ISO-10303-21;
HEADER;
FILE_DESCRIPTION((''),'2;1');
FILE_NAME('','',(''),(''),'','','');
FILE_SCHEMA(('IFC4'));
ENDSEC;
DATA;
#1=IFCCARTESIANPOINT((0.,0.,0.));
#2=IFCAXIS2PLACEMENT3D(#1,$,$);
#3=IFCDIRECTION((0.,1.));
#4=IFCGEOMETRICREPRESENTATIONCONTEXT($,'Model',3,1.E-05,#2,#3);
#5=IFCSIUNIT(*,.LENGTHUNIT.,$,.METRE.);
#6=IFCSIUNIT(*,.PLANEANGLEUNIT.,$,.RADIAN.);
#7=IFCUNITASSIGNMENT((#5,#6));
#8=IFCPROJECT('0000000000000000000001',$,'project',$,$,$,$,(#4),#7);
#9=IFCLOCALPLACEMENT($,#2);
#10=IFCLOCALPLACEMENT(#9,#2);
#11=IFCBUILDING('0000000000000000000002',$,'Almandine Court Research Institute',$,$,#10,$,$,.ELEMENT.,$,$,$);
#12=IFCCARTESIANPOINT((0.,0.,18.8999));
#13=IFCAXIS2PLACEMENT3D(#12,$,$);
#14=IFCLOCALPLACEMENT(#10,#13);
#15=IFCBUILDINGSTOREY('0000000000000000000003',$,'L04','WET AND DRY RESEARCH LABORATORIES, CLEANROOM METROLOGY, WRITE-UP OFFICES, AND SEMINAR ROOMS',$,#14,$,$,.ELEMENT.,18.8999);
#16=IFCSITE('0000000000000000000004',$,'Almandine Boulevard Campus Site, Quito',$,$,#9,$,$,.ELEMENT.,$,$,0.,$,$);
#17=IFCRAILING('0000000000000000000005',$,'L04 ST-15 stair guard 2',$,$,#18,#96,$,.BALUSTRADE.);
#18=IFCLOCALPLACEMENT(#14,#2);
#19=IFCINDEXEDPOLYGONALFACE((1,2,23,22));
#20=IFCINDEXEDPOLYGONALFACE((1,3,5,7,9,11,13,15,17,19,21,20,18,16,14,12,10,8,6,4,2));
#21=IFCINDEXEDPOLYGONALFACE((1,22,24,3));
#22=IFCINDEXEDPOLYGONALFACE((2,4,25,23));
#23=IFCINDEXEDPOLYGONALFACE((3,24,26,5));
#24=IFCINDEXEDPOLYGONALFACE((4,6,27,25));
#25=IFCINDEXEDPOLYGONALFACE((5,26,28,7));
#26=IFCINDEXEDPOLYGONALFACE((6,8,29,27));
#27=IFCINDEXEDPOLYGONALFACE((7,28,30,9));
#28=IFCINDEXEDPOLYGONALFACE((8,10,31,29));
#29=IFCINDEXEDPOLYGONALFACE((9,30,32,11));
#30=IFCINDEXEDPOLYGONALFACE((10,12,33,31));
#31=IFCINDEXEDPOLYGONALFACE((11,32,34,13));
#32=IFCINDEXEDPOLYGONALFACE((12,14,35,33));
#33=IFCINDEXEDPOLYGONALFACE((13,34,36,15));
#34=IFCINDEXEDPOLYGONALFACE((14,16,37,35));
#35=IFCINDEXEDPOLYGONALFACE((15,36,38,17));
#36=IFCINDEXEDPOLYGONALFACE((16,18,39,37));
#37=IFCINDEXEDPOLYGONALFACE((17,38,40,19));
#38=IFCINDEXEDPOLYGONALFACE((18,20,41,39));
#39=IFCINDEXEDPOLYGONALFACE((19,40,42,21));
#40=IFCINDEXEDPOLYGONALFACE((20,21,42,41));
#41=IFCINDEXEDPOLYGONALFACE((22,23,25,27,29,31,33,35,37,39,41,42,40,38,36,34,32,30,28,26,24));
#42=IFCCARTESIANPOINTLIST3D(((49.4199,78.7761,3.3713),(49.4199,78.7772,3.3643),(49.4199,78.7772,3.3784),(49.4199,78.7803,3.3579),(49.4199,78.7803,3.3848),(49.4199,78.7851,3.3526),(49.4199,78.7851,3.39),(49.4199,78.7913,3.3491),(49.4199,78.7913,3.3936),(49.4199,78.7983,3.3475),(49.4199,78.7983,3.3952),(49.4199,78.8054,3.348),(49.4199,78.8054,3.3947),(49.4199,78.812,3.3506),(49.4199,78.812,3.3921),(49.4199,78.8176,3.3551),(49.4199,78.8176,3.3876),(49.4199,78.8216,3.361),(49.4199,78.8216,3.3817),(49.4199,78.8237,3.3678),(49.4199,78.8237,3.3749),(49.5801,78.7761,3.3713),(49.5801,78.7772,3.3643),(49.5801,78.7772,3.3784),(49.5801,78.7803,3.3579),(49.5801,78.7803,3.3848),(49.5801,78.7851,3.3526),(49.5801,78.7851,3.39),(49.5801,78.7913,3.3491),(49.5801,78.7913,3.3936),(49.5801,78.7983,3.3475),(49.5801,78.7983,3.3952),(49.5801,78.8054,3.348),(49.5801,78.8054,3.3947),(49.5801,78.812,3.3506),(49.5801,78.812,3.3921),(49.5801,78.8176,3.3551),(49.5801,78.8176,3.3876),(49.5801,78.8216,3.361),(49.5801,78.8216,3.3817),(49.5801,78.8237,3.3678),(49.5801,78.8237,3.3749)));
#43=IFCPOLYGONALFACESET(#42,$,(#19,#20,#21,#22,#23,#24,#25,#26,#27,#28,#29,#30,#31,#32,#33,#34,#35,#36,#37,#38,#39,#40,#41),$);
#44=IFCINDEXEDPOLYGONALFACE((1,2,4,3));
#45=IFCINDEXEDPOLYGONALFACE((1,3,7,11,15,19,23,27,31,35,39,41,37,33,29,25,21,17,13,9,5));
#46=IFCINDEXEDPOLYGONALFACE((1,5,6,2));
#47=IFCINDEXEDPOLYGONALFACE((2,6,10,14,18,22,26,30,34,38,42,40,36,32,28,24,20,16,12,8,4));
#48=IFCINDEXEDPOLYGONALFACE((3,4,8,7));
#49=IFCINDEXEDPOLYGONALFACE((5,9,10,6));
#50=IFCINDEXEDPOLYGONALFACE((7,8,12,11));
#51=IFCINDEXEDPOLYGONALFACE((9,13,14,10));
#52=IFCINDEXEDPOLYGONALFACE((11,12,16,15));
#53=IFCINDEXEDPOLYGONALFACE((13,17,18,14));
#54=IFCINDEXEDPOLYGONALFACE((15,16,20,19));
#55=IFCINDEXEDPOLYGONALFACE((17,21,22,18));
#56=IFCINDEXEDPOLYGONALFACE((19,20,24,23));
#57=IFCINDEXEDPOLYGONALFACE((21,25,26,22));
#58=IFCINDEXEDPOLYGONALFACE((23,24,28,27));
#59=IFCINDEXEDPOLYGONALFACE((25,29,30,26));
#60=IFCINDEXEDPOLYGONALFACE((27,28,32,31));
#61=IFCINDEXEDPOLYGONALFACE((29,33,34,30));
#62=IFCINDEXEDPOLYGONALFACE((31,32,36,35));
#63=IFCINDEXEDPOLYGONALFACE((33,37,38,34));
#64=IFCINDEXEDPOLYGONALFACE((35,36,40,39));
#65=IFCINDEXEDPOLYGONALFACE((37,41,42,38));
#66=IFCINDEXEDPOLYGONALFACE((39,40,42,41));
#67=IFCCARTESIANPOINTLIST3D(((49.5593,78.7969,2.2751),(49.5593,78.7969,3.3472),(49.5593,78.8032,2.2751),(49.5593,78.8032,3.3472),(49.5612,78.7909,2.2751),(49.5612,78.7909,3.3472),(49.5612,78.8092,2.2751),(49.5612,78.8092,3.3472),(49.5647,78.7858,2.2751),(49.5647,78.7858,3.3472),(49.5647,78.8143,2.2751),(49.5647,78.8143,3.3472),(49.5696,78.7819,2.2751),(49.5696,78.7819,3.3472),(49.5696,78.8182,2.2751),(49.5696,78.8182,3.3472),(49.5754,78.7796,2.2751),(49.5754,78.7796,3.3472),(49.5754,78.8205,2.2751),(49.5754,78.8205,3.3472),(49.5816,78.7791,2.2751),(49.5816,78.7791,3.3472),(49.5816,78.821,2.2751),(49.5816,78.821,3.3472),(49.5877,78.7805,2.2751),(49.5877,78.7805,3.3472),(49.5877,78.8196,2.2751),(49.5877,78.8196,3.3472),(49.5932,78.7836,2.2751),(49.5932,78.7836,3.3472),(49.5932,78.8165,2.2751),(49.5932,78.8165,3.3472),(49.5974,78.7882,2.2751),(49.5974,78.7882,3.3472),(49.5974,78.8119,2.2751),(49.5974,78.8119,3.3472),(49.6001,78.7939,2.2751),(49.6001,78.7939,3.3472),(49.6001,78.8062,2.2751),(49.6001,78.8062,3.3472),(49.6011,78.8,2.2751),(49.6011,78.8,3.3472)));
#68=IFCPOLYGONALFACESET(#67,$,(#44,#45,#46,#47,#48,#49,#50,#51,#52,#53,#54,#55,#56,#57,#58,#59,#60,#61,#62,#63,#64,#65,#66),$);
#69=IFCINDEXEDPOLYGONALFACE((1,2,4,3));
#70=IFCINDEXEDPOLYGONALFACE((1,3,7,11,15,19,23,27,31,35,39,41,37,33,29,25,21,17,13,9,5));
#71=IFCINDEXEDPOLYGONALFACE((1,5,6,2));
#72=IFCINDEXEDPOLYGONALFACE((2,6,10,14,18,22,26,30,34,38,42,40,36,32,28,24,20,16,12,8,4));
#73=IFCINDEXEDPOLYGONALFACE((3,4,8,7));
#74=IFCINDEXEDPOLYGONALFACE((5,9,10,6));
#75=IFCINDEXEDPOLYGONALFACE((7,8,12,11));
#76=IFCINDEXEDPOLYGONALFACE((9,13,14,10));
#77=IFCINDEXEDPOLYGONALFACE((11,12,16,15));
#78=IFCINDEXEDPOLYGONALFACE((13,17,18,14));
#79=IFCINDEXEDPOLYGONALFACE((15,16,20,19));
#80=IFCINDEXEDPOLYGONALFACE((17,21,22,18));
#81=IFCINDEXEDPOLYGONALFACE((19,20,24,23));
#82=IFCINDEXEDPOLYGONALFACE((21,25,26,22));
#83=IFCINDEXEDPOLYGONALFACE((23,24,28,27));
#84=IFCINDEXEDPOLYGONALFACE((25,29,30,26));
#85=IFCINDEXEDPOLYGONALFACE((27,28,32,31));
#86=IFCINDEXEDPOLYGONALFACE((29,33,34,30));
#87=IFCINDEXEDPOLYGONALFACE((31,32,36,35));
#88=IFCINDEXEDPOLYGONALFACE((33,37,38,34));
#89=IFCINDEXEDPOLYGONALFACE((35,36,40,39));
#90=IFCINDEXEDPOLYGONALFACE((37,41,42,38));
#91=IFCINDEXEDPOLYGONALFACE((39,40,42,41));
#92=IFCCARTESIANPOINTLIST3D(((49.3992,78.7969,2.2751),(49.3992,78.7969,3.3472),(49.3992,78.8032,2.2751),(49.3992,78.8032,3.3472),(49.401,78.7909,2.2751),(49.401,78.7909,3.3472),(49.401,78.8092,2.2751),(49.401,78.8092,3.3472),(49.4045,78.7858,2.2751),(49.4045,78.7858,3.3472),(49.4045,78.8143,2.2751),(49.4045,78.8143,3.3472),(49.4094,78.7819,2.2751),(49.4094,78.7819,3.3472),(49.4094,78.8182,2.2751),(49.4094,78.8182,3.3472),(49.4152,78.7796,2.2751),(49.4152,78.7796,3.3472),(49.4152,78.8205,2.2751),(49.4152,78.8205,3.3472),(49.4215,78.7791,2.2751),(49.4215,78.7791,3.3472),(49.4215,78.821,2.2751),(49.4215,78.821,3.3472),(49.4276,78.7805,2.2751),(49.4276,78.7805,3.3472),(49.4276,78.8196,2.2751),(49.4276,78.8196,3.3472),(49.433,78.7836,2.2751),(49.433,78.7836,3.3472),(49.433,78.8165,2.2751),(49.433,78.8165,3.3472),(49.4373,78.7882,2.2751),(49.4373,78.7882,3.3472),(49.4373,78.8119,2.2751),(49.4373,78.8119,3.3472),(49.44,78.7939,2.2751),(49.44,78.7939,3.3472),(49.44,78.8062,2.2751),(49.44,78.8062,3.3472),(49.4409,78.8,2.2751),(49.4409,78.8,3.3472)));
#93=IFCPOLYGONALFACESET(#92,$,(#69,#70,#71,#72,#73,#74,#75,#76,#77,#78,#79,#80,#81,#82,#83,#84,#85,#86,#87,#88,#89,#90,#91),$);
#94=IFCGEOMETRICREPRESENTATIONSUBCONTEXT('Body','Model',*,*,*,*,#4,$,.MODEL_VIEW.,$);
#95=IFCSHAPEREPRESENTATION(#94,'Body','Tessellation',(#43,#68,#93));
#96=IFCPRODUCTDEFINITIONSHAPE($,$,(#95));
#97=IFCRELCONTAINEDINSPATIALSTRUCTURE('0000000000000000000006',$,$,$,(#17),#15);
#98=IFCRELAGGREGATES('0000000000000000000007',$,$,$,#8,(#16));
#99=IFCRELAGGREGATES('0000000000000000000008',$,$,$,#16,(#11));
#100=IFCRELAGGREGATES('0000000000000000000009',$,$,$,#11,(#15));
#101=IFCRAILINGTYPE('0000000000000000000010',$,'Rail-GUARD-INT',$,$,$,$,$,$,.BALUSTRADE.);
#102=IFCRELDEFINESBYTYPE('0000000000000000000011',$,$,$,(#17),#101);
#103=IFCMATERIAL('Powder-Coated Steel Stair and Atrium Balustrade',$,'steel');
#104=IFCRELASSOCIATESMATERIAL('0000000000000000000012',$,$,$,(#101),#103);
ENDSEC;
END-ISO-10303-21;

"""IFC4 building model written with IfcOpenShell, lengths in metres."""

from ifc_helpers import new_model, si_unit, direction, frame, origin, origin_2d, place, context, subcontext, project, spatial, circle, extrude, material, type_object, element, save


model = new_model("IFC4")

# Units and contexts
model_context = context("Model", 3, precision=1e-05, world=origin(), true_north=direction((0.0, 1.0)))
body_context = subcontext(model_context, "Body", "Model", "MODEL_VIEW")
ifc_project = project(units=[si_unit("LENGTHUNIT", "METRE"), si_unit("PLANEANGLEUNIT", "RADIAN")], contexts=[model_context])

# Site, building, storey
site_placement = place(None, origin())
site = spatial("IfcSite", under=ifc_project, at=site_placement, Name="Almandine Boulevard Campus Site, Quito", CompositionType="ELEMENT", RefElevation=0.0)
building_placement = place(site_placement, origin())
building = spatial("IfcBuilding", under=site, at=building_placement, Name="Almandine Court Research Institute", CompositionType="ELEMENT")
storey_placement = place(building_placement, frame((0.0, 0.0, 18.8999)))
storey = spatial("IfcBuildingStorey", under=building, at=storey_placement, Name="L04", Description="WET AND DRY RESEARCH LABORATORIES, CLEANROOM METROLOGY, WRITE-UP OFFICES, AND SEMINAR ROOMS", CompositionType="ELEMENT", Elevation=18.8999)

# Railing
ifc_material_1 = material(Name="Powder-Coated Steel Stair and Atrium Balustrade", Category="steel")
railing_type_1 = type_object("IfcRailingType", Name="Rail-GUARD-INT", PredefinedType="BALUSTRADE", material=ifc_material_1)
railing_1_placement = place(storey_placement, frame((49.5801, 78.8, 2.2751)))
element("IfcRailing", 1, at=railing_1_placement, inside=storey, type_object=railing_type_1, Name="L04 ST-15 stair guard 2", PredefinedType="BALUSTRADE", context=body_context, shape_type="SweptSolid", body=[
    extrude(circle(Radius=0.0239, at=origin_2d()), frame((0.0, 0.0, 1.0962), z_axis=(-1.0, 0.0, 0.0), x_axis=(0.0, -1.0, 0.0)), (0.0, 0.0, 1.0), 0.1602),
    extrude(circle(Radius=0.021, at=origin_2d()), origin(), (0.0, 0.0, 1.0), 1.072),
    extrude(circle(Radius=0.021, at=origin_2d()), frame((-0.1602, 0.0, 0.0)), (0.0, 0.0, 1.0), 1.072),
])

save(model, "model.ifc")
